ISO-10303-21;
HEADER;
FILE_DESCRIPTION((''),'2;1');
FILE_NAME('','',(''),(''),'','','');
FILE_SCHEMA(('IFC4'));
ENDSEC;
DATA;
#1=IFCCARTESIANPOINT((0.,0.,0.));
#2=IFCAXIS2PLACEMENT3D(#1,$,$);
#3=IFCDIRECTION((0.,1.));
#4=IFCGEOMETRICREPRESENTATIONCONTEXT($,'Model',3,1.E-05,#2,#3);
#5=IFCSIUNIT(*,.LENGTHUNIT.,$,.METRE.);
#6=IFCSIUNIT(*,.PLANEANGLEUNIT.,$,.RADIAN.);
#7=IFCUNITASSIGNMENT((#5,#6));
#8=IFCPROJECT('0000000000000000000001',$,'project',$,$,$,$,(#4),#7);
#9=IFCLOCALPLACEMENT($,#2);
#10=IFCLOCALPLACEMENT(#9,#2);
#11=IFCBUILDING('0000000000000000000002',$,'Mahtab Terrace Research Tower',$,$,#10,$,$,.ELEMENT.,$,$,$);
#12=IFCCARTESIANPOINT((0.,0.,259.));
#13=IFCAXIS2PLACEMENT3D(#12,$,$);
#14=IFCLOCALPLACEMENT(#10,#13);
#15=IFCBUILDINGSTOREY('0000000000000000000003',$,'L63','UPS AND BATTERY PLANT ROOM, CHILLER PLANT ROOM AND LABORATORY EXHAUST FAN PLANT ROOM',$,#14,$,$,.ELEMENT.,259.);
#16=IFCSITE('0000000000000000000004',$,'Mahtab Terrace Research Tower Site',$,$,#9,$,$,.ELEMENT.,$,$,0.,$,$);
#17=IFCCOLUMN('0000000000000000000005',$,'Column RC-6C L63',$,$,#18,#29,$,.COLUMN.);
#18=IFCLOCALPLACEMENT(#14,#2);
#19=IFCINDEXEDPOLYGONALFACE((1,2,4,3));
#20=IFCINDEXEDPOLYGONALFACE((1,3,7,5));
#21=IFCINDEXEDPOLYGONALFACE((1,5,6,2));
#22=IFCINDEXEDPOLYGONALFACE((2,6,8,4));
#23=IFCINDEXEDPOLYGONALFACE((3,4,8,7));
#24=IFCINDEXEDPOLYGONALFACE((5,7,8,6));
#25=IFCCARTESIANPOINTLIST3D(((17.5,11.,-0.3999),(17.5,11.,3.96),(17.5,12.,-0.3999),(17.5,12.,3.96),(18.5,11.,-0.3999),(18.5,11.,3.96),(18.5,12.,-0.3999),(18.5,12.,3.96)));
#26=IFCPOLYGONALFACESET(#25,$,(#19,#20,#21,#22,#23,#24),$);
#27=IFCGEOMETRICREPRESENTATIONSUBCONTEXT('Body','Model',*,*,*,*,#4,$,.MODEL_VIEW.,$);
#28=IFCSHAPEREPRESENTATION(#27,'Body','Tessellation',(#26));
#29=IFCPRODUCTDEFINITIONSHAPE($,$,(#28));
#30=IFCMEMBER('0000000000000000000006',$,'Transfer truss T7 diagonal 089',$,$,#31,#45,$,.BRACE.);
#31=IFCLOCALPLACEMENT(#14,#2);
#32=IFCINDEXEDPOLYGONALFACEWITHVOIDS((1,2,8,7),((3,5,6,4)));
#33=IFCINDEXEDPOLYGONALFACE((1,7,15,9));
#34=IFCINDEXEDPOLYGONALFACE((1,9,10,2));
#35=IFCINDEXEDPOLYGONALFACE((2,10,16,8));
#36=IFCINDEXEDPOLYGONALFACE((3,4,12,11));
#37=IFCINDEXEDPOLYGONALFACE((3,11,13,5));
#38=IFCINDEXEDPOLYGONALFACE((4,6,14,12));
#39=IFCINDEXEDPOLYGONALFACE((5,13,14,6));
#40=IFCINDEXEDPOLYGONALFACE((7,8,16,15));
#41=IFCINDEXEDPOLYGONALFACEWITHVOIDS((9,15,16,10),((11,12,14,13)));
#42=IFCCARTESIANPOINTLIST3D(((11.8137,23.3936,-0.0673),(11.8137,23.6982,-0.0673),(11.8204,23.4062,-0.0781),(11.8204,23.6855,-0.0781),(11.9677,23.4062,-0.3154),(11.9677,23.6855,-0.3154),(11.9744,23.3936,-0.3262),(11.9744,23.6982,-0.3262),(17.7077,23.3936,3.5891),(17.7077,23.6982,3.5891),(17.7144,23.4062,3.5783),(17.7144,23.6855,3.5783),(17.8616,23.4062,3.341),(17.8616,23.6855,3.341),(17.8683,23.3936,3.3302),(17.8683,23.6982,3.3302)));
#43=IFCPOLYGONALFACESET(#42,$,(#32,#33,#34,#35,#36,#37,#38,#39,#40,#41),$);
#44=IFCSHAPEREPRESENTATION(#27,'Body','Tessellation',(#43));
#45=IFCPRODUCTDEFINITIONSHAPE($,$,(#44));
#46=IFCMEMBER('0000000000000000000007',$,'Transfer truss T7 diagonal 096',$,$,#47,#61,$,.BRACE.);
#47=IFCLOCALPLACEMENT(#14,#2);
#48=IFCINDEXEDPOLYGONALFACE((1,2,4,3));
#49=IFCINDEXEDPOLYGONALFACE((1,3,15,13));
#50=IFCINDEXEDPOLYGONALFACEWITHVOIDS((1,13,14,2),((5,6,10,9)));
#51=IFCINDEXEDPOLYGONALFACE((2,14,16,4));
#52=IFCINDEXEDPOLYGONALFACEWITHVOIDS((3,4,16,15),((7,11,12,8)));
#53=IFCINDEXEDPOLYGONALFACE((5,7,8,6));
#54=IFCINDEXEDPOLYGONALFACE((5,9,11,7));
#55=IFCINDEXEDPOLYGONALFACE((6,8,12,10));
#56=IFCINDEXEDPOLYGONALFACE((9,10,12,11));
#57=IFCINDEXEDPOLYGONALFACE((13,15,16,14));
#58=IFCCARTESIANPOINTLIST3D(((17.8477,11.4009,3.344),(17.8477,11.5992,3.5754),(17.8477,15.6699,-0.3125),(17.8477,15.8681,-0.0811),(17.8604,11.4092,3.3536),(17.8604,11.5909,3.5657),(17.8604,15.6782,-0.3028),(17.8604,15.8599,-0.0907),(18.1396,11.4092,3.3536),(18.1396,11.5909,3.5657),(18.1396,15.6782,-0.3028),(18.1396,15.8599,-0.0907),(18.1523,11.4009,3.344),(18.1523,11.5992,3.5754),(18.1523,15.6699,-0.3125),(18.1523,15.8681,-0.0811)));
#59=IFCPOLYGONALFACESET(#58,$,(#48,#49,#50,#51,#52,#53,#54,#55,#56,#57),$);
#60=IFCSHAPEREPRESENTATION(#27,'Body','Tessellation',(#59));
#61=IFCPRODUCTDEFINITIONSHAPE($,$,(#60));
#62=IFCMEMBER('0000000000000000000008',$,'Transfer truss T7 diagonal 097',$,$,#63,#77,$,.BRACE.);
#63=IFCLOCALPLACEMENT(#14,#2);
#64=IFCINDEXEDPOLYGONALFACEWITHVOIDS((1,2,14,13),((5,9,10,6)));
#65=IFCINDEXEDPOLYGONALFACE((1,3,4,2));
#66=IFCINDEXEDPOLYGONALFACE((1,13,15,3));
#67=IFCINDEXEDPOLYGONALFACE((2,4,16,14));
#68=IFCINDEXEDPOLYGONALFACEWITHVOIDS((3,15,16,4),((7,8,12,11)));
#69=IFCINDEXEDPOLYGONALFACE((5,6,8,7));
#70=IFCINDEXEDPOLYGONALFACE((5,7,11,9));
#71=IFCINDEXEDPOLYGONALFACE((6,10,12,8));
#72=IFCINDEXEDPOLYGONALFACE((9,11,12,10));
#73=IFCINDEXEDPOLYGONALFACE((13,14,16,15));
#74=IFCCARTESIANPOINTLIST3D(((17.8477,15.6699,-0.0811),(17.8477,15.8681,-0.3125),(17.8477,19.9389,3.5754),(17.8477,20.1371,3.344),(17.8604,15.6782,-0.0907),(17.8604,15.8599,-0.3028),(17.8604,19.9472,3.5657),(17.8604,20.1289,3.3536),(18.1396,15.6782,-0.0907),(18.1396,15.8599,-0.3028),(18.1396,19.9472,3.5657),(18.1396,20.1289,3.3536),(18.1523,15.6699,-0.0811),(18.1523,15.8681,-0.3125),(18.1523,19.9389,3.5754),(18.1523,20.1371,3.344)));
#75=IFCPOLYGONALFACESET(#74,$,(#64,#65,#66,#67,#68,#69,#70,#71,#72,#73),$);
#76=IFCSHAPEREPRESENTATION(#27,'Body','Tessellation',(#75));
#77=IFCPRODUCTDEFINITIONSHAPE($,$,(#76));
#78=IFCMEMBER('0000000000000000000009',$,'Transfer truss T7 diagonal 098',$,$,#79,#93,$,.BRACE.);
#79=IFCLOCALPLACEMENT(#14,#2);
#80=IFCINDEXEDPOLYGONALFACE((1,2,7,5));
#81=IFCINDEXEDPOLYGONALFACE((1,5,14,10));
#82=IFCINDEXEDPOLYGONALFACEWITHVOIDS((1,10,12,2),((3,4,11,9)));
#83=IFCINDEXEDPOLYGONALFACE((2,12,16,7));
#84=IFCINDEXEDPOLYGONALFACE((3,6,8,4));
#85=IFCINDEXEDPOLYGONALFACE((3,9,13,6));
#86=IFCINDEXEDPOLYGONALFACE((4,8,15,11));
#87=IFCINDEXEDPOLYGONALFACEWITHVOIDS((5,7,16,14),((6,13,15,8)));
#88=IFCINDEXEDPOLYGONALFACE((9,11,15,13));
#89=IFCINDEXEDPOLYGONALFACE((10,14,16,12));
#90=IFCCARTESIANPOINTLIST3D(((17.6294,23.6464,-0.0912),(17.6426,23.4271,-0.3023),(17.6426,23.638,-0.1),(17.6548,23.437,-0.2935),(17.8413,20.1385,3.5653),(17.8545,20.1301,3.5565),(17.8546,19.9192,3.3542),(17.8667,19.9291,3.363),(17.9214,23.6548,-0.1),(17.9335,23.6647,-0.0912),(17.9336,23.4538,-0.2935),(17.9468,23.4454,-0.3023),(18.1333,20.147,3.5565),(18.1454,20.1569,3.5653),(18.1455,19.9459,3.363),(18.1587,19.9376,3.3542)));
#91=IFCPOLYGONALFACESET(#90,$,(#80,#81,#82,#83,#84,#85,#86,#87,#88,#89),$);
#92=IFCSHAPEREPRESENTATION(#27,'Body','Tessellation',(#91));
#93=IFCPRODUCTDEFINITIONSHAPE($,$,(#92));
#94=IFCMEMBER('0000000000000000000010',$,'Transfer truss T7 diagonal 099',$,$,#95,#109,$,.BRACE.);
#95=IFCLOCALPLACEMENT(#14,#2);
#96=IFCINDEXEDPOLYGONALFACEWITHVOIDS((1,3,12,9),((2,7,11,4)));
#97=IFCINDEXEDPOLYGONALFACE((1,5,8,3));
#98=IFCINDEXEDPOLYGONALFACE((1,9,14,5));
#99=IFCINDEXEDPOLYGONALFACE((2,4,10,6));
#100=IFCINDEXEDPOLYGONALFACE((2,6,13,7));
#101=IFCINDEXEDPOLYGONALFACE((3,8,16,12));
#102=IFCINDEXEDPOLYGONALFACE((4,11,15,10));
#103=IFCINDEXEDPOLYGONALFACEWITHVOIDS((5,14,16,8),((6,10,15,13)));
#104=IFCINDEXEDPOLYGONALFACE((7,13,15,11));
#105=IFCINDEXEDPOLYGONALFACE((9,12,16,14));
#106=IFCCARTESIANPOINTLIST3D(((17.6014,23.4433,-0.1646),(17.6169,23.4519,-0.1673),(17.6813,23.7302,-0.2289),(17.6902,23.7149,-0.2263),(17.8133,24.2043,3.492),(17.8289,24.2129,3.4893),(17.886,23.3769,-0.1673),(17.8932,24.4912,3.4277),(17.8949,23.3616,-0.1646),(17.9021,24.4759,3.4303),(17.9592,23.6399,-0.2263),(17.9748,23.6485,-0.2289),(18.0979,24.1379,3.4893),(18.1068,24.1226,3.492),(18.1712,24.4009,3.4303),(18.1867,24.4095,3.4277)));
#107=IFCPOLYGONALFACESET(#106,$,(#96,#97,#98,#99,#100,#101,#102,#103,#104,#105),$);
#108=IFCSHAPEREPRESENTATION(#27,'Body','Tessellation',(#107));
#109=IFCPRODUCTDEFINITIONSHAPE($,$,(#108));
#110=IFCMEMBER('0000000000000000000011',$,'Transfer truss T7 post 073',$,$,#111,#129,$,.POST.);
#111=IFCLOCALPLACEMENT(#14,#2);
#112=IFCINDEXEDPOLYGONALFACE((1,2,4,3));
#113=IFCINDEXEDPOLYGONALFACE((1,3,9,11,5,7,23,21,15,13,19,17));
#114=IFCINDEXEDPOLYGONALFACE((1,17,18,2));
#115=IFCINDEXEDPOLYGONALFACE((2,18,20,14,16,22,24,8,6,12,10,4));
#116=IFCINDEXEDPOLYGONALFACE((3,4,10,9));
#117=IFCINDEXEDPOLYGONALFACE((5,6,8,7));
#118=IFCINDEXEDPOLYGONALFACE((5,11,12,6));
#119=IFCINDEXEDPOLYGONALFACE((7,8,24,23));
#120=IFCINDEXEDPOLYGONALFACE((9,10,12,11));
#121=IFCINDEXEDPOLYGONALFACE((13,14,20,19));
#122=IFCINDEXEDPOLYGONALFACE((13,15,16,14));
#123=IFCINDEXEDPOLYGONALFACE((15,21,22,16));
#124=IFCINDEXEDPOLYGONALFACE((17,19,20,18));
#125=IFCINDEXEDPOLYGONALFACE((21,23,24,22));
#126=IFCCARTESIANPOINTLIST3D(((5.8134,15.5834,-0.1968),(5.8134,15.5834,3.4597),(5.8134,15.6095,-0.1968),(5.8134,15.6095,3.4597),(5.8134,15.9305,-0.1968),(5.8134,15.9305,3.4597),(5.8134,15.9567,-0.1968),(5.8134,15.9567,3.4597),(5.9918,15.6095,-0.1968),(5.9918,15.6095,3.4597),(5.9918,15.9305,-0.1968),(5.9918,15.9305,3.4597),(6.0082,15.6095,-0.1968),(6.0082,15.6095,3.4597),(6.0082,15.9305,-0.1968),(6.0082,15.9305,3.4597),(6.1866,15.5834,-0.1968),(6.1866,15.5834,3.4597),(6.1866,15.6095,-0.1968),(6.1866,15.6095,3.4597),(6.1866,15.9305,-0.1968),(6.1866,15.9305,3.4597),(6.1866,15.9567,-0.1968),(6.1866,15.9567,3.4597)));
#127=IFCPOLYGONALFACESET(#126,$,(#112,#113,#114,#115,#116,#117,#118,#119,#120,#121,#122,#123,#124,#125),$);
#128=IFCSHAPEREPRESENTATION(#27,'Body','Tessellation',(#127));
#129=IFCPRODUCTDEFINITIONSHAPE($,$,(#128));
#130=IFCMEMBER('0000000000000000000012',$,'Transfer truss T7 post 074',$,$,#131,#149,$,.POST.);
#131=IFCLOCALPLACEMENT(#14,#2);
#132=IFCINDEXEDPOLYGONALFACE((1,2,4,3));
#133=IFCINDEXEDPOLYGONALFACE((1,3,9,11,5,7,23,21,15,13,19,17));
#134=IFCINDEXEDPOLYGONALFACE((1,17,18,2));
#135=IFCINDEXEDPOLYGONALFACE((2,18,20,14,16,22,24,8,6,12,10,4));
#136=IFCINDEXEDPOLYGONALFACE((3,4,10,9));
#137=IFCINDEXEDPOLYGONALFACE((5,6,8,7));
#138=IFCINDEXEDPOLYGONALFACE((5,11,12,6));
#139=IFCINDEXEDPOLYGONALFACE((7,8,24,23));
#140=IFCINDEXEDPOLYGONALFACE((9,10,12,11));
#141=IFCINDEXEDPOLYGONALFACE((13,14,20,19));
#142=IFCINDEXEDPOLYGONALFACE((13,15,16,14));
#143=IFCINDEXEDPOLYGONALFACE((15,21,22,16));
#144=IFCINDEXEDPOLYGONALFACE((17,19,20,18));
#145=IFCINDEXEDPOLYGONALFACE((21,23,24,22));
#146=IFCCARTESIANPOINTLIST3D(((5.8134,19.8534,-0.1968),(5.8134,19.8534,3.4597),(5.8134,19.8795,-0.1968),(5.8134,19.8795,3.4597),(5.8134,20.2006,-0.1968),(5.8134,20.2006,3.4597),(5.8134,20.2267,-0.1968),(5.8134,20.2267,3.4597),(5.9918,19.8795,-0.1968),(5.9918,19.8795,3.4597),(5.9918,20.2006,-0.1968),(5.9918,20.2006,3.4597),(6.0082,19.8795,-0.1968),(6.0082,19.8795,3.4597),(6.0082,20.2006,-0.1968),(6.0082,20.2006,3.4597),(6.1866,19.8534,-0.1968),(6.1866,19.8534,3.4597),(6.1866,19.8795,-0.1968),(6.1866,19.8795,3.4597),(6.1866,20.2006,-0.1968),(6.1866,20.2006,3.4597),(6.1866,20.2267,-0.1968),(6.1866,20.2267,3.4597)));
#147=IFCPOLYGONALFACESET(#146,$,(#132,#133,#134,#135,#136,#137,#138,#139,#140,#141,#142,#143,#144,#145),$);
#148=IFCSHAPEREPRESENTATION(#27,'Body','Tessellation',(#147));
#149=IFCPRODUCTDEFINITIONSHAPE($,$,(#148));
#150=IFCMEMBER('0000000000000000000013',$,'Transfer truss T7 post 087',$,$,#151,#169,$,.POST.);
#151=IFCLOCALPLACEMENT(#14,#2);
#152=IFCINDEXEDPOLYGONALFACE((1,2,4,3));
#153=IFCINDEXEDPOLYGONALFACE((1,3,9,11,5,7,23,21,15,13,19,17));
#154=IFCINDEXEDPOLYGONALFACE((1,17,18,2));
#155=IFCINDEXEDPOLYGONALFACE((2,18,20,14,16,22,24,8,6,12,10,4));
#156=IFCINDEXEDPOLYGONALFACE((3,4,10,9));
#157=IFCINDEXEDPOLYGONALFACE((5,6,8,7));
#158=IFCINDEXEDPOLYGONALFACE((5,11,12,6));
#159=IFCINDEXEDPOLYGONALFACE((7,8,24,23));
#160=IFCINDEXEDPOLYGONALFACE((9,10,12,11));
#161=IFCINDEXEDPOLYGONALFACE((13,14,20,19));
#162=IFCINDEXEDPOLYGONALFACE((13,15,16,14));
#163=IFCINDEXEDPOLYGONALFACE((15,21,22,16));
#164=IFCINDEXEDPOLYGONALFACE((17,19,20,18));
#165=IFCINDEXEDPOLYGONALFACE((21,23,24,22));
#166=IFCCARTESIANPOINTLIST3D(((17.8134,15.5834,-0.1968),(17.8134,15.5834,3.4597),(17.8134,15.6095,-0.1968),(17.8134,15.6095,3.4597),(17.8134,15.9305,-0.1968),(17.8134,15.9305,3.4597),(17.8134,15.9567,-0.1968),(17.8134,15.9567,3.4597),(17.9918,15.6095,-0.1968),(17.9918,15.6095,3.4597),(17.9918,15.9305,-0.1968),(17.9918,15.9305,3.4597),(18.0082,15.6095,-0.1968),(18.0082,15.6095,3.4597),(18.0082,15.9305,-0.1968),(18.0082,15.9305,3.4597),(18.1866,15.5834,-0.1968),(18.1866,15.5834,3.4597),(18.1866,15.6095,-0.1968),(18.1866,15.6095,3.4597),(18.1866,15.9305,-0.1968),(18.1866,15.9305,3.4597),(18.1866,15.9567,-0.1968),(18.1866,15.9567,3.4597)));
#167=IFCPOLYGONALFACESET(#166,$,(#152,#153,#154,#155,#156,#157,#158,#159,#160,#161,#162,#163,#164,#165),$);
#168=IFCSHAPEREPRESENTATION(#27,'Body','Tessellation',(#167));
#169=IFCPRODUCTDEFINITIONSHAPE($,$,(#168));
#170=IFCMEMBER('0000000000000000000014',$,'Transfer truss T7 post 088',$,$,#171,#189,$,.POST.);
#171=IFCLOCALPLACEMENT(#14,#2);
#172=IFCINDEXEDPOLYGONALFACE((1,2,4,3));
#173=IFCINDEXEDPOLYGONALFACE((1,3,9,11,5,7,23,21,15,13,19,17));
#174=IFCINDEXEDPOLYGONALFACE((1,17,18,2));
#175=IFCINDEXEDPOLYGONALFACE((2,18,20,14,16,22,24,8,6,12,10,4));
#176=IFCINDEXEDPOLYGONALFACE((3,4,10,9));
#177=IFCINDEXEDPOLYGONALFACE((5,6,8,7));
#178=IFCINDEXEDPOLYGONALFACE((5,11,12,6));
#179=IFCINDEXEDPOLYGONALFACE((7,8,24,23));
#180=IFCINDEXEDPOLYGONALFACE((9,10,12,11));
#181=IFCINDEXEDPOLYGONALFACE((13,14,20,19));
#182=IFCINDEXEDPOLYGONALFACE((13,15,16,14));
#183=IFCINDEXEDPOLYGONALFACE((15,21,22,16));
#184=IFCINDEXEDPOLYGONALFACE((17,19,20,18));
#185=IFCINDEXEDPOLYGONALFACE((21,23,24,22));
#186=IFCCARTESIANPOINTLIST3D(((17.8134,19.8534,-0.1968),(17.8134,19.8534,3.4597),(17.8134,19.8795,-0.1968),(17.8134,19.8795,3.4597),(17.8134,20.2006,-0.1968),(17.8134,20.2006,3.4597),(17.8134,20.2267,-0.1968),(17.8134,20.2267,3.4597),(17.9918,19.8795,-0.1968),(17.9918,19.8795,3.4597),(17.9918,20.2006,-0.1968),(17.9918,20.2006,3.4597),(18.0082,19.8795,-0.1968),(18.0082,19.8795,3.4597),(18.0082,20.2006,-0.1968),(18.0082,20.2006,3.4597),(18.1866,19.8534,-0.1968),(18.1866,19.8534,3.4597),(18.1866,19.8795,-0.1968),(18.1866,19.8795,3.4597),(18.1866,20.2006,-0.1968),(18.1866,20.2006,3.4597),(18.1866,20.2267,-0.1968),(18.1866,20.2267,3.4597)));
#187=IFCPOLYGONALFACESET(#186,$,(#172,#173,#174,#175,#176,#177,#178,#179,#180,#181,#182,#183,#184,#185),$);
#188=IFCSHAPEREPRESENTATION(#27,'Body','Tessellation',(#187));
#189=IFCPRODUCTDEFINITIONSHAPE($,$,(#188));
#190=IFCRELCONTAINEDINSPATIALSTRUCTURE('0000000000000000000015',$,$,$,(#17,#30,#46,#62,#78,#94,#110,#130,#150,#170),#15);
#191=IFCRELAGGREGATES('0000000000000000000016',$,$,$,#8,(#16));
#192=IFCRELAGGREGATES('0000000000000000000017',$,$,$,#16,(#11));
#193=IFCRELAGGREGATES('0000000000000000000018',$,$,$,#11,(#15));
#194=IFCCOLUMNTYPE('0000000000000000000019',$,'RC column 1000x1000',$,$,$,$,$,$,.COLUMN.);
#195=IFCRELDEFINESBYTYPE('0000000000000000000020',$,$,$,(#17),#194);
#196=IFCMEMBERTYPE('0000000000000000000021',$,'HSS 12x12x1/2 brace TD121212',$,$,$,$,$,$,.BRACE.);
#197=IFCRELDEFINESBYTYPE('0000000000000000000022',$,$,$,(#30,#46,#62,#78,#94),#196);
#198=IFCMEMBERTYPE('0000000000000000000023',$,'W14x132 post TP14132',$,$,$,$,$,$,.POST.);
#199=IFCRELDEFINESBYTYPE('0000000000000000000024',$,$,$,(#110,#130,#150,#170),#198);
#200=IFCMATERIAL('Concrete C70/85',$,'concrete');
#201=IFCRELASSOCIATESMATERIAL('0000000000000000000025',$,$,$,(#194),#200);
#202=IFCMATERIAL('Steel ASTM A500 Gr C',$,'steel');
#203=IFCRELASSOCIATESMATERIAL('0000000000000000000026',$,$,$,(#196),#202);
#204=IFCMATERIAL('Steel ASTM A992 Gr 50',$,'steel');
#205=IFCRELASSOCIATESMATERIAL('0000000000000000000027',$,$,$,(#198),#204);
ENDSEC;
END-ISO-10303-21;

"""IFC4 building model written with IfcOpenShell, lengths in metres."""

from ifc_helpers import new_model, si_unit, direction, frame, origin, origin_2d, place, context, subcontext, project, spatial, rectangle, hollow_rectangle, i_section, extrude, material, material_profile, profile_set, type_object, element, save


model = new_model("IFC4")

# Units and contexts
model_context = context("Model", 3, precision=1e-05, world=origin(), true_north=direction((0.0, 1.0)))
body_context = subcontext(model_context, "Body", "Model", "MODEL_VIEW")
ifc_project = project(units=[si_unit("LENGTHUNIT", "METRE"), si_unit("PLANEANGLEUNIT", "RADIAN")], contexts=[model_context])

# Site, building, storey
site_placement = place(None, origin())
site = spatial("IfcSite", under=ifc_project, at=site_placement, Name="Mahtab Terrace Research Tower Site", CompositionType="ELEMENT", RefElevation=0.0)
building_placement = place(site_placement, origin())
building = spatial("IfcBuilding", under=site, at=building_placement, Name="Mahtab Terrace Research Tower", CompositionType="ELEMENT")
storey_placement = place(building_placement, frame((0.0, 0.0, 259.0)))
storey = spatial("IfcBuildingStorey", under=building, at=storey_placement, Name="L63", Description="UPS AND BATTERY PLANT ROOM, CHILLER PLANT ROOM AND LABORATORY EXHAUST FAN PLANT ROOM", CompositionType="ELEMENT", Elevation=259.0)

# Column
ifc_material_1 = material(Name="Concrete C70/85", Category="concrete")
ifc_material_profile_1 = material_profile(ifc_material_1, rectangle(XDim=1.0, YDim=1.0, at=origin_2d()), Name="RC column 1000x1000")
ifc_profile_set_1 = profile_set([ifc_material_profile_1], Name="Concrete C70/85")
column_type = type_object("IfcColumnType", Name="RC column 1000x1000", PredefinedType="COLUMN", material=ifc_profile_set_1)
column_placement = place(storey_placement, frame((18.0, 11.5, -0.3999), z_axis=(0.0, 0.0, 1.0), x_axis=(1.0, 0.0, 0.0)))
element("IfcColumn", 1, at=column_placement, inside=storey, type_object=column_type, Name="Column RC-6C L63", PredefinedType="COLUMN", context=body_context, shape_type="SweptSolid", body=[
    extrude(rectangle(XDim=1.0, YDim=1.0, at=origin_2d()), origin(), (0.0, 0.0, 1.0), 4.3599),
])

# Members
ifc_material_2 = material(Name="Steel ASTM A500 Gr C", Category="steel")
ifc_material_profile_2 = material_profile(ifc_material_2, hollow_rectangle(XDim=0.3047, YDim=0.3047, WallThickness=0.0127, at=origin_2d()), Name="HSS12X12X1/2")
ifc_profile_set_2 = profile_set([ifc_material_profile_2], Name="Steel ASTM A500 Gr C")
member_type_1 = type_object("IfcMemberType", Name="HSS 12x12x1/2 brace TD121212", PredefinedType="BRACE", material=ifc_profile_set_2)
member_1_placement = place(storey_placement, frame((11.894, 23.5459, -0.1968), z_axis=(0.849761, 0.0, 0.527167), x_axis=(0.0, 1.0, 0.0)))
element("IfcMember", 2, at=member_1_placement, inside=storey, type_object=member_type_1, Name="Transfer truss T7 diagonal 089", PredefinedType="BRACE", context=body_context, shape_type="SweptSolid", body=[
    extrude(hollow_rectangle(XDim=0.3047, YDim=0.3047, WallThickness=0.0127, at=origin_2d()), origin(), (0.0, 0.0, 1.0), 6.936),
])
for number, where, z_axis, x_axis, name in (
    (3, (18.0, 15.769, -0.1968), (0.0, -0.759493, 0.650516), (1.0, 0.0, 0.0), "Transfer truss T7 diagonal 096"),
    (4, (18.0, 15.769, -0.1968), (0.0, 0.759493, 0.650516), (-1.0, 0.0, 0.0), "Transfer truss T7 diagonal 097"),
):
    element("IfcMember", number, at=place(storey_placement, frame(where, z_axis=z_axis, x_axis=x_axis)), inside=storey, type_object=member_type_1, Name=name, PredefinedType="BRACE", context=body_context, shape_type="SweptSolid", body=[
        extrude(hollow_rectangle(XDim=0.3047, YDim=0.3047, WallThickness=0.0127, at=origin_2d()), origin(), (0.0, 0.0, 1.0), 5.6208),
    ])
member_2_placement = place(storey_placement, frame((17.7881, 23.5459, -0.1968), z_axis=(0.041786, -0.691678, 0.720996), x_axis=(0.99818, 0.060302, 0.0)))
element("IfcMember", 5, at=member_2_placement, inside=storey, type_object=member_type_1, Name="Transfer truss T7 diagonal 098", PredefinedType="BRACE", context=body_context, shape_type="SweptSolid", body=[
    extrude(hollow_rectangle(XDim=0.3047, YDim=0.3047, WallThickness=0.0127, at=origin_2d()), origin(), (0.0, 0.0, 1.0), 5.0715),
])
member_3_placement = place(storey_placement, frame((17.7881, 23.5459, -0.1968), z_axis=(0.056649, 0.203426, 0.97745), x_axis=(-0.963345, 0.268265, 0.0)))
element("IfcMember", 6, at=member_3_placement, inside=storey, type_object=member_type_1, Name="Transfer truss T7 diagonal 099", PredefinedType="BRACE", context=body_context, shape_type="SweptSolid", body=[
    extrude(hollow_rectangle(XDim=0.3047, YDim=0.3047, WallThickness=0.0127, at=origin_2d()), origin(), (0.0, 0.0, 1.0), 3.741),
])
ifc_material_3 = material(Name="Steel ASTM A992 Gr 50", Category="steel")
ifc_material_profile_3 = material_profile(ifc_material_3, i_section(OverallWidth=0.3733, OverallDepth=0.3733, WebThickness=0.0164, FlangeThickness=0.0261, at=origin_2d()), Name="W14X132")
ifc_profile_set_3 = profile_set([ifc_material_profile_3], Name="Steel ASTM A992 Gr 50")
member_type_2 = type_object("IfcMemberType", Name="W14x132 post TP14132", PredefinedType="POST", material=ifc_profile_set_3)
for number, where, z_axis, x_axis, name in (
    (7, (6.0, 15.77, -0.1968), (0.0, 0.0, 1.0), (1.0, 0.0, 0.0), "Transfer truss T7 post 073"),
    (8, (6.0, 20.04, -0.1968), (0.0, 0.0, 1.0), (1.0, 0.0, 0.0), "Transfer truss T7 post 074"),
    (9, (18.0, 15.77, -0.1968), (0.0, 0.0, 1.0), (1.0, 0.0, 0.0), "Transfer truss T7 post 087"),
    (10, (18.0, 20.04, -0.1968), (0.0, 0.0, 1.0), (1.0, 0.0, 0.0), "Transfer truss T7 post 088"),
):
    element("IfcMember", number, at=place(storey_placement, frame(where, z_axis=z_axis, x_axis=x_axis)), inside=storey, type_object=member_type_2, Name=name, PredefinedType="POST", context=body_context, shape_type="SweptSolid", body=[
        extrude(i_section(OverallWidth=0.3733, OverallDepth=0.3733, WebThickness=0.0164, FlangeThickness=0.0261, at=origin_2d()), origin(), (0.0, 0.0, 1.0), 3.6565),
    ])

save(model, "model.ifc")
